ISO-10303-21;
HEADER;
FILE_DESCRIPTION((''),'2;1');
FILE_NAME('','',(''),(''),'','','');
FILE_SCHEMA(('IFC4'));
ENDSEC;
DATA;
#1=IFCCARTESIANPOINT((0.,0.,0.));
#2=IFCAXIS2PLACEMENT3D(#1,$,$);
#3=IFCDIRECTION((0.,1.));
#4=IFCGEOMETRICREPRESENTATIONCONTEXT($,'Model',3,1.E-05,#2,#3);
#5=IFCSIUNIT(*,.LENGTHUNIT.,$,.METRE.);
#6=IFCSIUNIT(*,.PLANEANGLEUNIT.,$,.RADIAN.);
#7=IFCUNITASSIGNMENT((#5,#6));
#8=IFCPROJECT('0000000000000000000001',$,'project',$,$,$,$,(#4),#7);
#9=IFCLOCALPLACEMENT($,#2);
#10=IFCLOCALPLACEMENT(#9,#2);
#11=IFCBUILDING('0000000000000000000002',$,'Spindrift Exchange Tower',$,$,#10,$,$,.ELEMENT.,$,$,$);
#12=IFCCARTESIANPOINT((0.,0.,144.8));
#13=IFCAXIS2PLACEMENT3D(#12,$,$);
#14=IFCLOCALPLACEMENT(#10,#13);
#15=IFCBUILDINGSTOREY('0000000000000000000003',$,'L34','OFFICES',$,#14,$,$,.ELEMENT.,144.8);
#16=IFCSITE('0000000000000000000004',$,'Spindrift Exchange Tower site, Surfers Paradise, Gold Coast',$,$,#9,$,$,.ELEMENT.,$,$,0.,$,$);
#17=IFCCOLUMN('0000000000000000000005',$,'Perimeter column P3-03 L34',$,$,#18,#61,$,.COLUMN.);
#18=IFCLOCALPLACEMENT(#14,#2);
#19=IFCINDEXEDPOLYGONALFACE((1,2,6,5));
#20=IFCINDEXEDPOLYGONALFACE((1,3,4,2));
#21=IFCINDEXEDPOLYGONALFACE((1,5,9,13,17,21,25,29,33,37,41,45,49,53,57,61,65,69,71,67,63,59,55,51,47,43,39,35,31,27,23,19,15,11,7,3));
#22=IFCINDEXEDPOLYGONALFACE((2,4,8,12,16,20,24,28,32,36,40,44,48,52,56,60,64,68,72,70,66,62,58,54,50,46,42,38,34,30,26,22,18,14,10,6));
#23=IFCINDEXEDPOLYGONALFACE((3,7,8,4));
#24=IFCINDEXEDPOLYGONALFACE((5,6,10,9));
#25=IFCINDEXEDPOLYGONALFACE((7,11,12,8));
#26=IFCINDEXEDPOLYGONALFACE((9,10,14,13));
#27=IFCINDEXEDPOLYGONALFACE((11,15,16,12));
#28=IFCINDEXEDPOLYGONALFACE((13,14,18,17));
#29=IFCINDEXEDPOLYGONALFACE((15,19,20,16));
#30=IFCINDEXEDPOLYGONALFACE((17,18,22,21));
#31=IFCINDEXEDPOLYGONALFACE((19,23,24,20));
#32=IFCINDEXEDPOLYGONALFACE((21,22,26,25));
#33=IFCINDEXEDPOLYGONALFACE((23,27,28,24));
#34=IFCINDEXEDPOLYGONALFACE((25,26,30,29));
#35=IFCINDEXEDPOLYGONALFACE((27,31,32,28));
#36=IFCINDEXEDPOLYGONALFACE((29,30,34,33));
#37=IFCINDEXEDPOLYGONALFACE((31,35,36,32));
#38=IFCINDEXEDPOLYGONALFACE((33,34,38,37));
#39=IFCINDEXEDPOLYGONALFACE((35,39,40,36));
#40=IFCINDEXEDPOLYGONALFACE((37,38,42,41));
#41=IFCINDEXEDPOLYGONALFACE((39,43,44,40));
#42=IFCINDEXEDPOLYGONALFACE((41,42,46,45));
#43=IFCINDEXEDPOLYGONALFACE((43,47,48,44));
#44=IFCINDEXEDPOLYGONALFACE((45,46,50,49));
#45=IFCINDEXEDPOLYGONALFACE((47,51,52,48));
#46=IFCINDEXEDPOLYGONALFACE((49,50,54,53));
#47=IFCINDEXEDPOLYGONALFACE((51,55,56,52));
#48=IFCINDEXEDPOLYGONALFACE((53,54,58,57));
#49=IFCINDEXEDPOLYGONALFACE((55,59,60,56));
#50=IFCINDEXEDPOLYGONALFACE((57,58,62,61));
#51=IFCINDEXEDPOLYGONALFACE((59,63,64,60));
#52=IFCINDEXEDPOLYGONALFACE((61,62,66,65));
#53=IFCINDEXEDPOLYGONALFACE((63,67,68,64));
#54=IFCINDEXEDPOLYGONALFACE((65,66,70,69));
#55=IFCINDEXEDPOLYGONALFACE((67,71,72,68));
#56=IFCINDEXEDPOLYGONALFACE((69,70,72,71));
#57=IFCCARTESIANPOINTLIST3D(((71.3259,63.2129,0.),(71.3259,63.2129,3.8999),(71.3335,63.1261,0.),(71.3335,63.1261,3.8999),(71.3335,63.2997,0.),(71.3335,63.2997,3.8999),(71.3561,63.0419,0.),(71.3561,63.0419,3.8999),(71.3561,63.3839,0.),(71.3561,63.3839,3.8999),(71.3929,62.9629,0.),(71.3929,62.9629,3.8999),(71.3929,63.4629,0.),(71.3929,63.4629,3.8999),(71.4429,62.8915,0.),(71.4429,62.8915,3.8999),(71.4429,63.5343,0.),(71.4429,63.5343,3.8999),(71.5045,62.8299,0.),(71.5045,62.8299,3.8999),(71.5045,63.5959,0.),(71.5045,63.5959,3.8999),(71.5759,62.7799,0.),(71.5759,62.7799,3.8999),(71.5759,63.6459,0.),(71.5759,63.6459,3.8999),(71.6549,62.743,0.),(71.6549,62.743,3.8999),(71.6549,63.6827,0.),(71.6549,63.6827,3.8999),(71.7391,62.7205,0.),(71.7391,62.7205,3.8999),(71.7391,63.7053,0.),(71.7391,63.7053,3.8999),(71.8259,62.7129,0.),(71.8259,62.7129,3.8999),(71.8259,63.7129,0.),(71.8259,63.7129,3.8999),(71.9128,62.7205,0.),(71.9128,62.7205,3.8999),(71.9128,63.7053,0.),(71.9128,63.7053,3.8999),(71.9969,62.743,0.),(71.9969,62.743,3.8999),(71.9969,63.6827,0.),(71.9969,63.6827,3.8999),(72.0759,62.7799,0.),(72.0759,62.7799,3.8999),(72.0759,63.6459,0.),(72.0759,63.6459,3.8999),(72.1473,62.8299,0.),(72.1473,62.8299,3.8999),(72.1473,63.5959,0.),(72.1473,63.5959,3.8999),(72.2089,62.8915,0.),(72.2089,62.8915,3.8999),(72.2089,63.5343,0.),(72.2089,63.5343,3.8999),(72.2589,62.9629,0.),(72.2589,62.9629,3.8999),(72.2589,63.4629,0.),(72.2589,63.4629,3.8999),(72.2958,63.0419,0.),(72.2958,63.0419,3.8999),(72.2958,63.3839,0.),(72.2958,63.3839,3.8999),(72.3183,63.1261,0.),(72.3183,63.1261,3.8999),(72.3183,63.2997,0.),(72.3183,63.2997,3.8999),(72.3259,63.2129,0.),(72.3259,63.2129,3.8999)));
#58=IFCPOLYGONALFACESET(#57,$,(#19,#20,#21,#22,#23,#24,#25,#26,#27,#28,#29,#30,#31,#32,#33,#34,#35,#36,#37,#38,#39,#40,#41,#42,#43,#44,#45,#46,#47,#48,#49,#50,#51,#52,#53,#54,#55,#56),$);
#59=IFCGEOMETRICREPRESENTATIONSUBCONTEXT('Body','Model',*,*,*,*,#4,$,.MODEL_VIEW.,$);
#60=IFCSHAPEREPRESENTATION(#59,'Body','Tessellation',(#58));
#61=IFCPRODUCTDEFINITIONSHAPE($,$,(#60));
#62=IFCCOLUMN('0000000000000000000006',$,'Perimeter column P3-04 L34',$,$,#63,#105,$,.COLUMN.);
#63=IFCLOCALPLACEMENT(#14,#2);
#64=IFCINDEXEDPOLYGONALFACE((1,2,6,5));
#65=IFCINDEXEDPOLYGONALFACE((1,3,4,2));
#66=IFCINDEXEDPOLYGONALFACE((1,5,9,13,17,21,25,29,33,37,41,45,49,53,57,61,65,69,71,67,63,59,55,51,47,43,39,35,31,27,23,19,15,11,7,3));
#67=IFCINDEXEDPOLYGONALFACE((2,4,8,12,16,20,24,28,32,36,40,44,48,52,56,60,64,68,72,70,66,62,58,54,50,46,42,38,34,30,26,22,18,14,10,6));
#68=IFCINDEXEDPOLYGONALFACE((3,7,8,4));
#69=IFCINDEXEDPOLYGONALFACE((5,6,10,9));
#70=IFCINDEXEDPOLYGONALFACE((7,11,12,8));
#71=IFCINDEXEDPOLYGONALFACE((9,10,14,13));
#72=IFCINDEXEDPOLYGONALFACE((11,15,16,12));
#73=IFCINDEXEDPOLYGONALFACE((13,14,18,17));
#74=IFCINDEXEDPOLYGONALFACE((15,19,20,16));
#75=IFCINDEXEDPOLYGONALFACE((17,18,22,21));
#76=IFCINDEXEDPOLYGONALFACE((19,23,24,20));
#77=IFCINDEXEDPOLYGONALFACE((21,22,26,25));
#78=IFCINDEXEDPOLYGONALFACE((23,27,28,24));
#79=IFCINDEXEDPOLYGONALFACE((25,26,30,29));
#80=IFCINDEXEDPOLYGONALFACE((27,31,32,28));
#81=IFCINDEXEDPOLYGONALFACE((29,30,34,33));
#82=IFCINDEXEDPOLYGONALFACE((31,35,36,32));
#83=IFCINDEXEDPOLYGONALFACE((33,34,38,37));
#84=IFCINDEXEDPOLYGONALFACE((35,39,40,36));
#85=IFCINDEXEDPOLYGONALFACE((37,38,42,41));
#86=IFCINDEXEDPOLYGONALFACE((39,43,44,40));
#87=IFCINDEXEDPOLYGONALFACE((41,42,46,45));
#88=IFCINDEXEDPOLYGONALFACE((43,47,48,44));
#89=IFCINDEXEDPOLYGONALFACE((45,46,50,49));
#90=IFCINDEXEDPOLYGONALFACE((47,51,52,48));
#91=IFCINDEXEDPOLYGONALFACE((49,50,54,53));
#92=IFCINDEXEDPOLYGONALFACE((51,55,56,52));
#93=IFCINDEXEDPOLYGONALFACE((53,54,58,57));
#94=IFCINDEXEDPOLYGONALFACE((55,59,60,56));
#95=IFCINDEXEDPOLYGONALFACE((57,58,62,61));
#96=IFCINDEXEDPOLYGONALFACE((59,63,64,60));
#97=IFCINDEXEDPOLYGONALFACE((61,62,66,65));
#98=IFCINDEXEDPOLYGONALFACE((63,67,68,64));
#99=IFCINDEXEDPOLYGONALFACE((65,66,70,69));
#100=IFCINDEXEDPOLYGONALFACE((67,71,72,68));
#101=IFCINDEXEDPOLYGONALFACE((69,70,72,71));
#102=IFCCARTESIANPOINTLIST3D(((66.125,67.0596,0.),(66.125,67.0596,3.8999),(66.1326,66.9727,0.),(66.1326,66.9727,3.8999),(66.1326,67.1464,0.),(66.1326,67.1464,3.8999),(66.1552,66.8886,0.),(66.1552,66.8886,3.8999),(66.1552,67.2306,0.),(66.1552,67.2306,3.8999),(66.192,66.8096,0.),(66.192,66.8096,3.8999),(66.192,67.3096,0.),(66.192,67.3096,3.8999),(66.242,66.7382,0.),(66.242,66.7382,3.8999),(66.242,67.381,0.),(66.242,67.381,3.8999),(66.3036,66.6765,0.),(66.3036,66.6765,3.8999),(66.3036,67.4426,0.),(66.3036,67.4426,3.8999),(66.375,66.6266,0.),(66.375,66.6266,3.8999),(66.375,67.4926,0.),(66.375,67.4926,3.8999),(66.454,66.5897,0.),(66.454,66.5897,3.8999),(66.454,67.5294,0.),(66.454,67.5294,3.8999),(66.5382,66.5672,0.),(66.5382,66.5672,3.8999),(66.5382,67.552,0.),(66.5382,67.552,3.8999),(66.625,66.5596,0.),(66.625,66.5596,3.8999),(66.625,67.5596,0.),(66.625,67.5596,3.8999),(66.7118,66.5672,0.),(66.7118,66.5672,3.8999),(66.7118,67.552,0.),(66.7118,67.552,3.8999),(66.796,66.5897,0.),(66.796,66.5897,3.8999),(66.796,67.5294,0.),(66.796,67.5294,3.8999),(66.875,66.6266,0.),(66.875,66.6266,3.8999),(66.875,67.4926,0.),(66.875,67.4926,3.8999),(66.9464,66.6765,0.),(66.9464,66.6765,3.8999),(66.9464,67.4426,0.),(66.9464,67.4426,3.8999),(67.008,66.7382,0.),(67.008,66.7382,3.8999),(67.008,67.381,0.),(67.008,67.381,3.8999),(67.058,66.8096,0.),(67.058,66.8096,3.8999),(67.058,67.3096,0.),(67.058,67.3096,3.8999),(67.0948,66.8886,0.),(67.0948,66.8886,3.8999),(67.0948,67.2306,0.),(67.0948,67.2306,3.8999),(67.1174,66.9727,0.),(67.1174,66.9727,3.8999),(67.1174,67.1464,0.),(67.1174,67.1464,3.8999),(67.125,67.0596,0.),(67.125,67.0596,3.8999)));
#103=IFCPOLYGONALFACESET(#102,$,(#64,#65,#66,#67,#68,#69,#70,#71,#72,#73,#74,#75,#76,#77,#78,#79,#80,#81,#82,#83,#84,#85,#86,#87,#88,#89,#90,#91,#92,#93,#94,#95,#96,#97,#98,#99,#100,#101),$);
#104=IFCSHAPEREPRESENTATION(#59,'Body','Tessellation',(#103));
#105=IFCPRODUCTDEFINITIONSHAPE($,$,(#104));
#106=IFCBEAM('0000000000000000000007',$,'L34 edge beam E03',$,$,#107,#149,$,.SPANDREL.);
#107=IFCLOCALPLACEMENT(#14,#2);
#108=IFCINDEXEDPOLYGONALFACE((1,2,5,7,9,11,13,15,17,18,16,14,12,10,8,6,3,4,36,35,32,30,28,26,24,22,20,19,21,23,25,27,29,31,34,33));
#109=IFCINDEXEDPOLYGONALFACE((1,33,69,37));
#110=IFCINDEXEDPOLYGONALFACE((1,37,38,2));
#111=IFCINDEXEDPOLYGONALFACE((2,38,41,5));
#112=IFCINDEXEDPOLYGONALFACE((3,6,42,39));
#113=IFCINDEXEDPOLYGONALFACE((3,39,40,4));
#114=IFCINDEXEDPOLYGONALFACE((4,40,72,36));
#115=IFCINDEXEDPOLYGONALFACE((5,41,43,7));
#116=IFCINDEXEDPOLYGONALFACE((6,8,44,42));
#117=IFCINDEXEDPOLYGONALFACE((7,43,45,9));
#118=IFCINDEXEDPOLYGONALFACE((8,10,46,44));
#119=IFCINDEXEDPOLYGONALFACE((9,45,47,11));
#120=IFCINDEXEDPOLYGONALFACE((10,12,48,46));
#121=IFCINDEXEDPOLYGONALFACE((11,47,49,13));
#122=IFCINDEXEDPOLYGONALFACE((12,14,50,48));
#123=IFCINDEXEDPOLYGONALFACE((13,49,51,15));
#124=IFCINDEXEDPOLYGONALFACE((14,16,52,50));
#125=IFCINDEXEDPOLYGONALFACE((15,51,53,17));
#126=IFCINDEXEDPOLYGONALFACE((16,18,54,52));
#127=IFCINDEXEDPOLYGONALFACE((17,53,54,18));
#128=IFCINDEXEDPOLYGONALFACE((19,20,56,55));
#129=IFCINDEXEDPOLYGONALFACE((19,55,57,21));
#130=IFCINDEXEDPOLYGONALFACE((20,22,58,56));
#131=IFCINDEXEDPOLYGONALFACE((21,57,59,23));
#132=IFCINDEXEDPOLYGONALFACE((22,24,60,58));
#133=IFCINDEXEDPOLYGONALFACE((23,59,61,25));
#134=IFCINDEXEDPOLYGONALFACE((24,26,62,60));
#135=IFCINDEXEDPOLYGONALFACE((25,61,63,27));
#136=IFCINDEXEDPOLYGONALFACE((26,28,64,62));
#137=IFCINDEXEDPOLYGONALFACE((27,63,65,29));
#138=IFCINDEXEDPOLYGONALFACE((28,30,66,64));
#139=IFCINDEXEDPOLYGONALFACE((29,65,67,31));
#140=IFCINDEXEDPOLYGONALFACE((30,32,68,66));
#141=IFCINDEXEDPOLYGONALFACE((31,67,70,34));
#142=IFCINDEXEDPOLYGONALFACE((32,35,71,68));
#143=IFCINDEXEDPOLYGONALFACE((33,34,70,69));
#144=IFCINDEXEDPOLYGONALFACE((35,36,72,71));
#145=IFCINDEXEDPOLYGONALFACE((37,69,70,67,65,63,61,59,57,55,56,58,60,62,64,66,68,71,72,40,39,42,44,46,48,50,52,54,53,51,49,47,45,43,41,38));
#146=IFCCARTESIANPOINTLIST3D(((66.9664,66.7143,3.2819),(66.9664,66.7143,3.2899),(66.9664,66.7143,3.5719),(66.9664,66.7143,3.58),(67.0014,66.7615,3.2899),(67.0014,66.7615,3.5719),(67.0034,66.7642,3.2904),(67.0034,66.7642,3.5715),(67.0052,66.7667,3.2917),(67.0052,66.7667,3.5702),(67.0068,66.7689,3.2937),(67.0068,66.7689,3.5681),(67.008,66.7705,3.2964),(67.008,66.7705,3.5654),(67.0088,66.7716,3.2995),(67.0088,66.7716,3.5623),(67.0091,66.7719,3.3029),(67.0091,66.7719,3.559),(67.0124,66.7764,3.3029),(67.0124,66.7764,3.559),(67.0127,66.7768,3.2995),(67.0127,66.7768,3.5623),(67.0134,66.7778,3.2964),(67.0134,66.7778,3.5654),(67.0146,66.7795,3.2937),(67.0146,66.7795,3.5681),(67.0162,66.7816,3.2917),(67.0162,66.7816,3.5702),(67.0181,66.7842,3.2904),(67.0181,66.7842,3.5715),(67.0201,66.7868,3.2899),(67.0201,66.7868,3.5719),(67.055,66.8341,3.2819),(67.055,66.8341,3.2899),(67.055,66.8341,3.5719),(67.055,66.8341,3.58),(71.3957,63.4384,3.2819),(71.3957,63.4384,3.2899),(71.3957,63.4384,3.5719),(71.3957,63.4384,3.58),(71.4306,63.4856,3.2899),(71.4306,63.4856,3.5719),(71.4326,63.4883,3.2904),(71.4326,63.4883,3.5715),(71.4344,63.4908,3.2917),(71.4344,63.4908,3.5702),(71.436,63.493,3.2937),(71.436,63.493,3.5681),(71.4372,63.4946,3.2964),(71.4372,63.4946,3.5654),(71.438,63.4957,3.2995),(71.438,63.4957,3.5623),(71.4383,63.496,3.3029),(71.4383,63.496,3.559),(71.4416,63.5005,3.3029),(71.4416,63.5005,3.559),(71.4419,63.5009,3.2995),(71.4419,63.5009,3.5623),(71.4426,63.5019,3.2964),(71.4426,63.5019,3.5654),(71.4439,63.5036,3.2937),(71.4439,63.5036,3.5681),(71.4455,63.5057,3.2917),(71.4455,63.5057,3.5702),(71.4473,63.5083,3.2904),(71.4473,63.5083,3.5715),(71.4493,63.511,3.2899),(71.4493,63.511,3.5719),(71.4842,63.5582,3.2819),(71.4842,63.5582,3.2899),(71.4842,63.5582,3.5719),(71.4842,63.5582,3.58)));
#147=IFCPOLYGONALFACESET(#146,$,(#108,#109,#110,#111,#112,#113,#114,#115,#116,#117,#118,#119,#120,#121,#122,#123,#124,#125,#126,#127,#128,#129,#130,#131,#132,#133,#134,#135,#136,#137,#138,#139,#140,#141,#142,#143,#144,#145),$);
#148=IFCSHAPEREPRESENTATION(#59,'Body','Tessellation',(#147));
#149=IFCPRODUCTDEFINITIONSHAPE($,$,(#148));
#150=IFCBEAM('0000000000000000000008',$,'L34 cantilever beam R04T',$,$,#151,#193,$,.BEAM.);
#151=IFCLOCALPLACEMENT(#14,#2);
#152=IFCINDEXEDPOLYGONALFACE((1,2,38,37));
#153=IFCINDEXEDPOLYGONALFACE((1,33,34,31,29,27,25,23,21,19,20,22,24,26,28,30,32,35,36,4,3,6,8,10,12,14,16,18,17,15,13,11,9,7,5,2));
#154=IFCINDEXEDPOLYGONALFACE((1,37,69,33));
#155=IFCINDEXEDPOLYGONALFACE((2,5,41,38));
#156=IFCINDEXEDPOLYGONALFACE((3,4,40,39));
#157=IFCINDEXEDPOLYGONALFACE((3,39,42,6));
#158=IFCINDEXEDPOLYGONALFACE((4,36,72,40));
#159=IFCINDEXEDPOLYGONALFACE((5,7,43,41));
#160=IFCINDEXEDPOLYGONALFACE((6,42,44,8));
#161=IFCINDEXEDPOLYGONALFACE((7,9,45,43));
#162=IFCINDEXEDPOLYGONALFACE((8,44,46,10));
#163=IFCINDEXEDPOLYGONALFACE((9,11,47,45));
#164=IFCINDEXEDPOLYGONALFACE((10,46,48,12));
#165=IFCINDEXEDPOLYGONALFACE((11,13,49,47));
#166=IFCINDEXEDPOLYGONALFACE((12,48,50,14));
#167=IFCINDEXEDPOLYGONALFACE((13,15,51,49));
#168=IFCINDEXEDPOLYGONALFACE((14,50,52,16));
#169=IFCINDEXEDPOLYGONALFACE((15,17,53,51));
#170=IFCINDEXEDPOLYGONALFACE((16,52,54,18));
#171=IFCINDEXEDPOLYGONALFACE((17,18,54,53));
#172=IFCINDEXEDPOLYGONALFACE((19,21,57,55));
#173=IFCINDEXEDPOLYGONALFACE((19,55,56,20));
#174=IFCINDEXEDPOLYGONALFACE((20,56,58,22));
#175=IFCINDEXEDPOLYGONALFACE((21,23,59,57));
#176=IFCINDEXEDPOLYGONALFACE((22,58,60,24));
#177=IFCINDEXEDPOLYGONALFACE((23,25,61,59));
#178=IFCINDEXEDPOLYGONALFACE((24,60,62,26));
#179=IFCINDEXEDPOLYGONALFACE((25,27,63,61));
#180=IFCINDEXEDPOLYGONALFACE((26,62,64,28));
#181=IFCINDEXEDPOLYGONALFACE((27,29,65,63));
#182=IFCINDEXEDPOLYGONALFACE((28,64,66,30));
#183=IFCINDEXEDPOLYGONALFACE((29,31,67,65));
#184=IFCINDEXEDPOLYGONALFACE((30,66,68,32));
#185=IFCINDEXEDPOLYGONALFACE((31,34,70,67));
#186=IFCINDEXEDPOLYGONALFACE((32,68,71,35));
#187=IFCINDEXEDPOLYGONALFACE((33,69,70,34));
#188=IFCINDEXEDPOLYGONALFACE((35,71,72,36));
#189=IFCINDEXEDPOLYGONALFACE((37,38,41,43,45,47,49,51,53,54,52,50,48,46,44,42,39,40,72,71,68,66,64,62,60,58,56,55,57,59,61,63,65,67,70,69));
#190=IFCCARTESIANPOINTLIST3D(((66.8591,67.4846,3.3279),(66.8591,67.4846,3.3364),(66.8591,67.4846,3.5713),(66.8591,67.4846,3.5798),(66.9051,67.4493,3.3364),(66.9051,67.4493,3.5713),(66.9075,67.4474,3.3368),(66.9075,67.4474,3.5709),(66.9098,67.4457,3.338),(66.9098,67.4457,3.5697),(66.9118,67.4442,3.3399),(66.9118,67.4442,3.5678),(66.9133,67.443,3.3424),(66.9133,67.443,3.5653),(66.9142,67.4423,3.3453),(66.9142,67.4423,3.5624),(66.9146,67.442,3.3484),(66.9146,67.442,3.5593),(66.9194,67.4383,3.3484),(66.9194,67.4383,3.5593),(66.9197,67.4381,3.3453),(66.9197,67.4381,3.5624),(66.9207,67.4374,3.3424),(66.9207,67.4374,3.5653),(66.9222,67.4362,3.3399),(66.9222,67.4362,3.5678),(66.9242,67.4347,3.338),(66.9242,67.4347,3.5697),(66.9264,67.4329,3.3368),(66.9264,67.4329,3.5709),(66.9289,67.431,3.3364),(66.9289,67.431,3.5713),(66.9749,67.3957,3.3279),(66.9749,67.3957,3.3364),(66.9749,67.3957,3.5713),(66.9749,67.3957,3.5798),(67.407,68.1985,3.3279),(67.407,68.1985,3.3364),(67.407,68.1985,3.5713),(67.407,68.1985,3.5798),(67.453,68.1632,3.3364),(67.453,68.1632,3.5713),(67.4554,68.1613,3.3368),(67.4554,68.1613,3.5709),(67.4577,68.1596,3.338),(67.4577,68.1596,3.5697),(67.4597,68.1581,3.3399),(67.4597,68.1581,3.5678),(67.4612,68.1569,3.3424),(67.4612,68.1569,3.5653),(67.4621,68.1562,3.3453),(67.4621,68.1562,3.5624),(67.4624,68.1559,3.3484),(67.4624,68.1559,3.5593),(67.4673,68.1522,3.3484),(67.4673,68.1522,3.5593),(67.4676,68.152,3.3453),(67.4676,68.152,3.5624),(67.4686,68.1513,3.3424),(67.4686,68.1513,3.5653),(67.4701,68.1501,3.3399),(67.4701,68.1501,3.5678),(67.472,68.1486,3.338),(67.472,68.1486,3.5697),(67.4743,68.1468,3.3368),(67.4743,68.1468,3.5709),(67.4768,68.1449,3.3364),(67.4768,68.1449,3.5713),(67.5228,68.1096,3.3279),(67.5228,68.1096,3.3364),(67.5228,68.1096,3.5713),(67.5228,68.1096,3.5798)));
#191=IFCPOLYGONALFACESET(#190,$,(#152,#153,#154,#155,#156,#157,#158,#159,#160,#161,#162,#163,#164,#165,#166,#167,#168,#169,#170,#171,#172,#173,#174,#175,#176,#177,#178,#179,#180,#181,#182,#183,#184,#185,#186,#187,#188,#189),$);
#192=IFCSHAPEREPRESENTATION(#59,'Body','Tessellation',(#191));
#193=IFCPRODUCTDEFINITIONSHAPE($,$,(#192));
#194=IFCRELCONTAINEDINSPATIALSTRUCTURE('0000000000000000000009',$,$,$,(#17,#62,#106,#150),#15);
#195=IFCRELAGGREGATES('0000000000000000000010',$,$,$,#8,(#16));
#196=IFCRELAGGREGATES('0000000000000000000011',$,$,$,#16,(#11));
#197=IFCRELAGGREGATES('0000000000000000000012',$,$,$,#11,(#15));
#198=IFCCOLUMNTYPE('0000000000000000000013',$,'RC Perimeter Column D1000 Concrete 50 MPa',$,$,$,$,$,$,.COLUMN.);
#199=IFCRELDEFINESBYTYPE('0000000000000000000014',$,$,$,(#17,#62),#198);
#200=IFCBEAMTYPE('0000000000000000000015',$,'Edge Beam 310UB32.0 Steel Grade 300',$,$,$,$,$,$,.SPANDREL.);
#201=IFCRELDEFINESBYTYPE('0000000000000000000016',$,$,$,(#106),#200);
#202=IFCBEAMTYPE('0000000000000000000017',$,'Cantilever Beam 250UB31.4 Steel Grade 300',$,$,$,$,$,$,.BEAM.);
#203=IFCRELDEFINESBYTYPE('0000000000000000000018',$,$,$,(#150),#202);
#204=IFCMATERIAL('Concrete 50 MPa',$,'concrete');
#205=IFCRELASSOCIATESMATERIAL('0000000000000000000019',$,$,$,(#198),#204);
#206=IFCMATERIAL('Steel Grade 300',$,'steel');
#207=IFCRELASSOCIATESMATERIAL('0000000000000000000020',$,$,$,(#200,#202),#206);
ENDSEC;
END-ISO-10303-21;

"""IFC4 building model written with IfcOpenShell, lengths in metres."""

from ifc_helpers import new_model, si_unit, direction, frame, origin, origin_2d, place, context, subcontext, project, spatial, circle, i_section, extrude, source, transform, mapped, material, material_profile, profile_set, type_object, element, save


model = new_model("IFC4")

# Units and contexts
model_context = context("Model", 3, precision=1e-05, world=origin(), true_north=direction((0.0, 1.0)))
body_context = subcontext(model_context, "Body", "Model", "MODEL_VIEW")
ifc_project = project(units=[si_unit("LENGTHUNIT", "METRE"), si_unit("PLANEANGLEUNIT", "RADIAN")], contexts=[model_context])

# Site, building, storey
site_placement = place(None, origin())
site = spatial("IfcSite", under=ifc_project, at=site_placement, Name="Spindrift Exchange Tower site, Surfers Paradise, Gold Coast", CompositionType="ELEMENT", RefElevation=0.0)
building_placement = place(site_placement, origin())
building = spatial("IfcBuilding", under=site, at=building_placement, Name="Spindrift Exchange Tower", CompositionType="ELEMENT")
storey_placement = place(building_placement, frame((0.0, 0.0, 144.8)))
storey = spatial("IfcBuildingStorey", under=building, at=storey_placement, Name="L34", Description="OFFICES", CompositionType="ELEMENT", Elevation=144.8)

# Columns
ifc_material_1 = material(Name="Concrete 50 MPa", Category="concrete")
ifc_material_profile_1 = material_profile(ifc_material_1, circle(Radius=0.5, at=origin_2d()), Name="RC D1000")
ifc_profile_set_1 = profile_set([ifc_material_profile_1], Name="Concrete 50 MPa")
column_type = type_object("IfcColumnType", Name="RC Perimeter Column D1000 Concrete 50 MPa", PredefinedType="COLUMN", material=ifc_profile_set_1)
shared_shape_1 = source(origin(), body_context, "Body", "SweptSolid", [
    extrude(circle(Radius=0.5, at=origin_2d()), origin(), (0.0, 0.0, 1.0), 3.8999),
])
for number, where, z_axis, x_axis, name in (
    (1, (71.8259, 63.2129, 0.0), (0.0, 0.0, 1.0), (1.0, 0.0, 0.0), "Perimeter column P3-03 L34"),
    (2, (66.625, 67.0596, 0.0), (0.0, 0.0, 1.0), (1.0, 0.0, 0.0), "Perimeter column P3-04 L34"),
):
    element("IfcColumn", number, at=place(storey_placement, frame(where, z_axis=z_axis, x_axis=x_axis)), inside=storey, type_object=column_type, Name=name, PredefinedType="COLUMN", context=body_context, shape_type="MappedRepresentation", body=[
        mapped(shared_shape_1, transform((0.0, 0.0, 0.0), scale=1.0)),
    ])

# Beams
ifc_material_2 = material(Name="Steel Grade 300", Category="steel")
ifc_material_profile_2 = material_profile(ifc_material_2, i_section(OverallWidth=0.1489, OverallDepth=0.2981, WebThickness=0.0056, FlangeThickness=0.0081, FilletRadius=0.0129, at=origin_2d()), Name="310UB32.0")
ifc_profile_set_2 = profile_set([ifc_material_profile_2], Name="Steel Grade 300")
beam_type_1 = type_object("IfcBeamType", Name="Edge Beam 310UB32.0 Steel Grade 300", PredefinedType="SPANDREL", material=ifc_profile_set_2)
shared_shape_2 = source(origin(), body_context, "Body", "SweptSolid", [
    extrude(i_section(OverallWidth=0.1489, OverallDepth=0.2981, WebThickness=0.0056, FlangeThickness=0.0081, FilletRadius=0.0129, at=origin_2d()), origin(), (0.0, 0.0, 1.0), 5.509),
])
beam_1_placement = place(storey_placement, frame((71.4399, 63.4983, 3.4309), z_axis=(-0.803992, 0.59464, 0.0), x_axis=(-0.59464, -0.803992, 0.0)))
element("IfcBeam", 3, at=beam_1_placement, inside=storey, type_object=beam_type_1, Name="L34 edge beam E03", PredefinedType="SPANDREL", context=body_context, shape_type="MappedRepresentation", body=[
    mapped(shared_shape_2, transform((0.0, 0.0, 0.0), scale=1.0)),
])
ifc_material_profile_3 = material_profile(ifc_material_2, i_section(OverallWidth=0.146, OverallDepth=0.252, WebThickness=0.0061, FlangeThickness=0.0085, FilletRadius=0.012, at=origin_2d()), Name="250UB31.4")
ifc_profile_set_3 = profile_set([ifc_material_profile_3], Name="Steel Grade 300")
beam_type_2 = type_object("IfcBeamType", Name="Cantilever Beam 250UB31.4 Steel Grade 300", PredefinedType="BEAM", material=ifc_profile_set_3)
shared_shape_3 = source(origin(), body_context, "Body", "SweptSolid", [
    extrude(i_section(OverallWidth=0.146, OverallDepth=0.252, WebThickness=0.0061, FlangeThickness=0.0085, FilletRadius=0.012, at=origin_2d()), origin(), (0.0, 0.0, 1.0), 0.8999),
])
beam_2_placement = place(storey_placement, frame((66.917, 67.4402, 3.4539), z_axis=(0.608819, 0.793309, 0.0), x_axis=(-0.793309, 0.608819, 0.0)))
element("IfcBeam", 4, at=beam_2_placement, inside=storey, type_object=beam_type_2, Name="L34 cantilever beam R04T", PredefinedType="BEAM", context=body_context, shape_type="MappedRepresentation", body=[
    mapped(shared_shape_3, transform((0.0, 0.0, 0.0), scale=1.0)),
])

save(model, "model.ifc")
